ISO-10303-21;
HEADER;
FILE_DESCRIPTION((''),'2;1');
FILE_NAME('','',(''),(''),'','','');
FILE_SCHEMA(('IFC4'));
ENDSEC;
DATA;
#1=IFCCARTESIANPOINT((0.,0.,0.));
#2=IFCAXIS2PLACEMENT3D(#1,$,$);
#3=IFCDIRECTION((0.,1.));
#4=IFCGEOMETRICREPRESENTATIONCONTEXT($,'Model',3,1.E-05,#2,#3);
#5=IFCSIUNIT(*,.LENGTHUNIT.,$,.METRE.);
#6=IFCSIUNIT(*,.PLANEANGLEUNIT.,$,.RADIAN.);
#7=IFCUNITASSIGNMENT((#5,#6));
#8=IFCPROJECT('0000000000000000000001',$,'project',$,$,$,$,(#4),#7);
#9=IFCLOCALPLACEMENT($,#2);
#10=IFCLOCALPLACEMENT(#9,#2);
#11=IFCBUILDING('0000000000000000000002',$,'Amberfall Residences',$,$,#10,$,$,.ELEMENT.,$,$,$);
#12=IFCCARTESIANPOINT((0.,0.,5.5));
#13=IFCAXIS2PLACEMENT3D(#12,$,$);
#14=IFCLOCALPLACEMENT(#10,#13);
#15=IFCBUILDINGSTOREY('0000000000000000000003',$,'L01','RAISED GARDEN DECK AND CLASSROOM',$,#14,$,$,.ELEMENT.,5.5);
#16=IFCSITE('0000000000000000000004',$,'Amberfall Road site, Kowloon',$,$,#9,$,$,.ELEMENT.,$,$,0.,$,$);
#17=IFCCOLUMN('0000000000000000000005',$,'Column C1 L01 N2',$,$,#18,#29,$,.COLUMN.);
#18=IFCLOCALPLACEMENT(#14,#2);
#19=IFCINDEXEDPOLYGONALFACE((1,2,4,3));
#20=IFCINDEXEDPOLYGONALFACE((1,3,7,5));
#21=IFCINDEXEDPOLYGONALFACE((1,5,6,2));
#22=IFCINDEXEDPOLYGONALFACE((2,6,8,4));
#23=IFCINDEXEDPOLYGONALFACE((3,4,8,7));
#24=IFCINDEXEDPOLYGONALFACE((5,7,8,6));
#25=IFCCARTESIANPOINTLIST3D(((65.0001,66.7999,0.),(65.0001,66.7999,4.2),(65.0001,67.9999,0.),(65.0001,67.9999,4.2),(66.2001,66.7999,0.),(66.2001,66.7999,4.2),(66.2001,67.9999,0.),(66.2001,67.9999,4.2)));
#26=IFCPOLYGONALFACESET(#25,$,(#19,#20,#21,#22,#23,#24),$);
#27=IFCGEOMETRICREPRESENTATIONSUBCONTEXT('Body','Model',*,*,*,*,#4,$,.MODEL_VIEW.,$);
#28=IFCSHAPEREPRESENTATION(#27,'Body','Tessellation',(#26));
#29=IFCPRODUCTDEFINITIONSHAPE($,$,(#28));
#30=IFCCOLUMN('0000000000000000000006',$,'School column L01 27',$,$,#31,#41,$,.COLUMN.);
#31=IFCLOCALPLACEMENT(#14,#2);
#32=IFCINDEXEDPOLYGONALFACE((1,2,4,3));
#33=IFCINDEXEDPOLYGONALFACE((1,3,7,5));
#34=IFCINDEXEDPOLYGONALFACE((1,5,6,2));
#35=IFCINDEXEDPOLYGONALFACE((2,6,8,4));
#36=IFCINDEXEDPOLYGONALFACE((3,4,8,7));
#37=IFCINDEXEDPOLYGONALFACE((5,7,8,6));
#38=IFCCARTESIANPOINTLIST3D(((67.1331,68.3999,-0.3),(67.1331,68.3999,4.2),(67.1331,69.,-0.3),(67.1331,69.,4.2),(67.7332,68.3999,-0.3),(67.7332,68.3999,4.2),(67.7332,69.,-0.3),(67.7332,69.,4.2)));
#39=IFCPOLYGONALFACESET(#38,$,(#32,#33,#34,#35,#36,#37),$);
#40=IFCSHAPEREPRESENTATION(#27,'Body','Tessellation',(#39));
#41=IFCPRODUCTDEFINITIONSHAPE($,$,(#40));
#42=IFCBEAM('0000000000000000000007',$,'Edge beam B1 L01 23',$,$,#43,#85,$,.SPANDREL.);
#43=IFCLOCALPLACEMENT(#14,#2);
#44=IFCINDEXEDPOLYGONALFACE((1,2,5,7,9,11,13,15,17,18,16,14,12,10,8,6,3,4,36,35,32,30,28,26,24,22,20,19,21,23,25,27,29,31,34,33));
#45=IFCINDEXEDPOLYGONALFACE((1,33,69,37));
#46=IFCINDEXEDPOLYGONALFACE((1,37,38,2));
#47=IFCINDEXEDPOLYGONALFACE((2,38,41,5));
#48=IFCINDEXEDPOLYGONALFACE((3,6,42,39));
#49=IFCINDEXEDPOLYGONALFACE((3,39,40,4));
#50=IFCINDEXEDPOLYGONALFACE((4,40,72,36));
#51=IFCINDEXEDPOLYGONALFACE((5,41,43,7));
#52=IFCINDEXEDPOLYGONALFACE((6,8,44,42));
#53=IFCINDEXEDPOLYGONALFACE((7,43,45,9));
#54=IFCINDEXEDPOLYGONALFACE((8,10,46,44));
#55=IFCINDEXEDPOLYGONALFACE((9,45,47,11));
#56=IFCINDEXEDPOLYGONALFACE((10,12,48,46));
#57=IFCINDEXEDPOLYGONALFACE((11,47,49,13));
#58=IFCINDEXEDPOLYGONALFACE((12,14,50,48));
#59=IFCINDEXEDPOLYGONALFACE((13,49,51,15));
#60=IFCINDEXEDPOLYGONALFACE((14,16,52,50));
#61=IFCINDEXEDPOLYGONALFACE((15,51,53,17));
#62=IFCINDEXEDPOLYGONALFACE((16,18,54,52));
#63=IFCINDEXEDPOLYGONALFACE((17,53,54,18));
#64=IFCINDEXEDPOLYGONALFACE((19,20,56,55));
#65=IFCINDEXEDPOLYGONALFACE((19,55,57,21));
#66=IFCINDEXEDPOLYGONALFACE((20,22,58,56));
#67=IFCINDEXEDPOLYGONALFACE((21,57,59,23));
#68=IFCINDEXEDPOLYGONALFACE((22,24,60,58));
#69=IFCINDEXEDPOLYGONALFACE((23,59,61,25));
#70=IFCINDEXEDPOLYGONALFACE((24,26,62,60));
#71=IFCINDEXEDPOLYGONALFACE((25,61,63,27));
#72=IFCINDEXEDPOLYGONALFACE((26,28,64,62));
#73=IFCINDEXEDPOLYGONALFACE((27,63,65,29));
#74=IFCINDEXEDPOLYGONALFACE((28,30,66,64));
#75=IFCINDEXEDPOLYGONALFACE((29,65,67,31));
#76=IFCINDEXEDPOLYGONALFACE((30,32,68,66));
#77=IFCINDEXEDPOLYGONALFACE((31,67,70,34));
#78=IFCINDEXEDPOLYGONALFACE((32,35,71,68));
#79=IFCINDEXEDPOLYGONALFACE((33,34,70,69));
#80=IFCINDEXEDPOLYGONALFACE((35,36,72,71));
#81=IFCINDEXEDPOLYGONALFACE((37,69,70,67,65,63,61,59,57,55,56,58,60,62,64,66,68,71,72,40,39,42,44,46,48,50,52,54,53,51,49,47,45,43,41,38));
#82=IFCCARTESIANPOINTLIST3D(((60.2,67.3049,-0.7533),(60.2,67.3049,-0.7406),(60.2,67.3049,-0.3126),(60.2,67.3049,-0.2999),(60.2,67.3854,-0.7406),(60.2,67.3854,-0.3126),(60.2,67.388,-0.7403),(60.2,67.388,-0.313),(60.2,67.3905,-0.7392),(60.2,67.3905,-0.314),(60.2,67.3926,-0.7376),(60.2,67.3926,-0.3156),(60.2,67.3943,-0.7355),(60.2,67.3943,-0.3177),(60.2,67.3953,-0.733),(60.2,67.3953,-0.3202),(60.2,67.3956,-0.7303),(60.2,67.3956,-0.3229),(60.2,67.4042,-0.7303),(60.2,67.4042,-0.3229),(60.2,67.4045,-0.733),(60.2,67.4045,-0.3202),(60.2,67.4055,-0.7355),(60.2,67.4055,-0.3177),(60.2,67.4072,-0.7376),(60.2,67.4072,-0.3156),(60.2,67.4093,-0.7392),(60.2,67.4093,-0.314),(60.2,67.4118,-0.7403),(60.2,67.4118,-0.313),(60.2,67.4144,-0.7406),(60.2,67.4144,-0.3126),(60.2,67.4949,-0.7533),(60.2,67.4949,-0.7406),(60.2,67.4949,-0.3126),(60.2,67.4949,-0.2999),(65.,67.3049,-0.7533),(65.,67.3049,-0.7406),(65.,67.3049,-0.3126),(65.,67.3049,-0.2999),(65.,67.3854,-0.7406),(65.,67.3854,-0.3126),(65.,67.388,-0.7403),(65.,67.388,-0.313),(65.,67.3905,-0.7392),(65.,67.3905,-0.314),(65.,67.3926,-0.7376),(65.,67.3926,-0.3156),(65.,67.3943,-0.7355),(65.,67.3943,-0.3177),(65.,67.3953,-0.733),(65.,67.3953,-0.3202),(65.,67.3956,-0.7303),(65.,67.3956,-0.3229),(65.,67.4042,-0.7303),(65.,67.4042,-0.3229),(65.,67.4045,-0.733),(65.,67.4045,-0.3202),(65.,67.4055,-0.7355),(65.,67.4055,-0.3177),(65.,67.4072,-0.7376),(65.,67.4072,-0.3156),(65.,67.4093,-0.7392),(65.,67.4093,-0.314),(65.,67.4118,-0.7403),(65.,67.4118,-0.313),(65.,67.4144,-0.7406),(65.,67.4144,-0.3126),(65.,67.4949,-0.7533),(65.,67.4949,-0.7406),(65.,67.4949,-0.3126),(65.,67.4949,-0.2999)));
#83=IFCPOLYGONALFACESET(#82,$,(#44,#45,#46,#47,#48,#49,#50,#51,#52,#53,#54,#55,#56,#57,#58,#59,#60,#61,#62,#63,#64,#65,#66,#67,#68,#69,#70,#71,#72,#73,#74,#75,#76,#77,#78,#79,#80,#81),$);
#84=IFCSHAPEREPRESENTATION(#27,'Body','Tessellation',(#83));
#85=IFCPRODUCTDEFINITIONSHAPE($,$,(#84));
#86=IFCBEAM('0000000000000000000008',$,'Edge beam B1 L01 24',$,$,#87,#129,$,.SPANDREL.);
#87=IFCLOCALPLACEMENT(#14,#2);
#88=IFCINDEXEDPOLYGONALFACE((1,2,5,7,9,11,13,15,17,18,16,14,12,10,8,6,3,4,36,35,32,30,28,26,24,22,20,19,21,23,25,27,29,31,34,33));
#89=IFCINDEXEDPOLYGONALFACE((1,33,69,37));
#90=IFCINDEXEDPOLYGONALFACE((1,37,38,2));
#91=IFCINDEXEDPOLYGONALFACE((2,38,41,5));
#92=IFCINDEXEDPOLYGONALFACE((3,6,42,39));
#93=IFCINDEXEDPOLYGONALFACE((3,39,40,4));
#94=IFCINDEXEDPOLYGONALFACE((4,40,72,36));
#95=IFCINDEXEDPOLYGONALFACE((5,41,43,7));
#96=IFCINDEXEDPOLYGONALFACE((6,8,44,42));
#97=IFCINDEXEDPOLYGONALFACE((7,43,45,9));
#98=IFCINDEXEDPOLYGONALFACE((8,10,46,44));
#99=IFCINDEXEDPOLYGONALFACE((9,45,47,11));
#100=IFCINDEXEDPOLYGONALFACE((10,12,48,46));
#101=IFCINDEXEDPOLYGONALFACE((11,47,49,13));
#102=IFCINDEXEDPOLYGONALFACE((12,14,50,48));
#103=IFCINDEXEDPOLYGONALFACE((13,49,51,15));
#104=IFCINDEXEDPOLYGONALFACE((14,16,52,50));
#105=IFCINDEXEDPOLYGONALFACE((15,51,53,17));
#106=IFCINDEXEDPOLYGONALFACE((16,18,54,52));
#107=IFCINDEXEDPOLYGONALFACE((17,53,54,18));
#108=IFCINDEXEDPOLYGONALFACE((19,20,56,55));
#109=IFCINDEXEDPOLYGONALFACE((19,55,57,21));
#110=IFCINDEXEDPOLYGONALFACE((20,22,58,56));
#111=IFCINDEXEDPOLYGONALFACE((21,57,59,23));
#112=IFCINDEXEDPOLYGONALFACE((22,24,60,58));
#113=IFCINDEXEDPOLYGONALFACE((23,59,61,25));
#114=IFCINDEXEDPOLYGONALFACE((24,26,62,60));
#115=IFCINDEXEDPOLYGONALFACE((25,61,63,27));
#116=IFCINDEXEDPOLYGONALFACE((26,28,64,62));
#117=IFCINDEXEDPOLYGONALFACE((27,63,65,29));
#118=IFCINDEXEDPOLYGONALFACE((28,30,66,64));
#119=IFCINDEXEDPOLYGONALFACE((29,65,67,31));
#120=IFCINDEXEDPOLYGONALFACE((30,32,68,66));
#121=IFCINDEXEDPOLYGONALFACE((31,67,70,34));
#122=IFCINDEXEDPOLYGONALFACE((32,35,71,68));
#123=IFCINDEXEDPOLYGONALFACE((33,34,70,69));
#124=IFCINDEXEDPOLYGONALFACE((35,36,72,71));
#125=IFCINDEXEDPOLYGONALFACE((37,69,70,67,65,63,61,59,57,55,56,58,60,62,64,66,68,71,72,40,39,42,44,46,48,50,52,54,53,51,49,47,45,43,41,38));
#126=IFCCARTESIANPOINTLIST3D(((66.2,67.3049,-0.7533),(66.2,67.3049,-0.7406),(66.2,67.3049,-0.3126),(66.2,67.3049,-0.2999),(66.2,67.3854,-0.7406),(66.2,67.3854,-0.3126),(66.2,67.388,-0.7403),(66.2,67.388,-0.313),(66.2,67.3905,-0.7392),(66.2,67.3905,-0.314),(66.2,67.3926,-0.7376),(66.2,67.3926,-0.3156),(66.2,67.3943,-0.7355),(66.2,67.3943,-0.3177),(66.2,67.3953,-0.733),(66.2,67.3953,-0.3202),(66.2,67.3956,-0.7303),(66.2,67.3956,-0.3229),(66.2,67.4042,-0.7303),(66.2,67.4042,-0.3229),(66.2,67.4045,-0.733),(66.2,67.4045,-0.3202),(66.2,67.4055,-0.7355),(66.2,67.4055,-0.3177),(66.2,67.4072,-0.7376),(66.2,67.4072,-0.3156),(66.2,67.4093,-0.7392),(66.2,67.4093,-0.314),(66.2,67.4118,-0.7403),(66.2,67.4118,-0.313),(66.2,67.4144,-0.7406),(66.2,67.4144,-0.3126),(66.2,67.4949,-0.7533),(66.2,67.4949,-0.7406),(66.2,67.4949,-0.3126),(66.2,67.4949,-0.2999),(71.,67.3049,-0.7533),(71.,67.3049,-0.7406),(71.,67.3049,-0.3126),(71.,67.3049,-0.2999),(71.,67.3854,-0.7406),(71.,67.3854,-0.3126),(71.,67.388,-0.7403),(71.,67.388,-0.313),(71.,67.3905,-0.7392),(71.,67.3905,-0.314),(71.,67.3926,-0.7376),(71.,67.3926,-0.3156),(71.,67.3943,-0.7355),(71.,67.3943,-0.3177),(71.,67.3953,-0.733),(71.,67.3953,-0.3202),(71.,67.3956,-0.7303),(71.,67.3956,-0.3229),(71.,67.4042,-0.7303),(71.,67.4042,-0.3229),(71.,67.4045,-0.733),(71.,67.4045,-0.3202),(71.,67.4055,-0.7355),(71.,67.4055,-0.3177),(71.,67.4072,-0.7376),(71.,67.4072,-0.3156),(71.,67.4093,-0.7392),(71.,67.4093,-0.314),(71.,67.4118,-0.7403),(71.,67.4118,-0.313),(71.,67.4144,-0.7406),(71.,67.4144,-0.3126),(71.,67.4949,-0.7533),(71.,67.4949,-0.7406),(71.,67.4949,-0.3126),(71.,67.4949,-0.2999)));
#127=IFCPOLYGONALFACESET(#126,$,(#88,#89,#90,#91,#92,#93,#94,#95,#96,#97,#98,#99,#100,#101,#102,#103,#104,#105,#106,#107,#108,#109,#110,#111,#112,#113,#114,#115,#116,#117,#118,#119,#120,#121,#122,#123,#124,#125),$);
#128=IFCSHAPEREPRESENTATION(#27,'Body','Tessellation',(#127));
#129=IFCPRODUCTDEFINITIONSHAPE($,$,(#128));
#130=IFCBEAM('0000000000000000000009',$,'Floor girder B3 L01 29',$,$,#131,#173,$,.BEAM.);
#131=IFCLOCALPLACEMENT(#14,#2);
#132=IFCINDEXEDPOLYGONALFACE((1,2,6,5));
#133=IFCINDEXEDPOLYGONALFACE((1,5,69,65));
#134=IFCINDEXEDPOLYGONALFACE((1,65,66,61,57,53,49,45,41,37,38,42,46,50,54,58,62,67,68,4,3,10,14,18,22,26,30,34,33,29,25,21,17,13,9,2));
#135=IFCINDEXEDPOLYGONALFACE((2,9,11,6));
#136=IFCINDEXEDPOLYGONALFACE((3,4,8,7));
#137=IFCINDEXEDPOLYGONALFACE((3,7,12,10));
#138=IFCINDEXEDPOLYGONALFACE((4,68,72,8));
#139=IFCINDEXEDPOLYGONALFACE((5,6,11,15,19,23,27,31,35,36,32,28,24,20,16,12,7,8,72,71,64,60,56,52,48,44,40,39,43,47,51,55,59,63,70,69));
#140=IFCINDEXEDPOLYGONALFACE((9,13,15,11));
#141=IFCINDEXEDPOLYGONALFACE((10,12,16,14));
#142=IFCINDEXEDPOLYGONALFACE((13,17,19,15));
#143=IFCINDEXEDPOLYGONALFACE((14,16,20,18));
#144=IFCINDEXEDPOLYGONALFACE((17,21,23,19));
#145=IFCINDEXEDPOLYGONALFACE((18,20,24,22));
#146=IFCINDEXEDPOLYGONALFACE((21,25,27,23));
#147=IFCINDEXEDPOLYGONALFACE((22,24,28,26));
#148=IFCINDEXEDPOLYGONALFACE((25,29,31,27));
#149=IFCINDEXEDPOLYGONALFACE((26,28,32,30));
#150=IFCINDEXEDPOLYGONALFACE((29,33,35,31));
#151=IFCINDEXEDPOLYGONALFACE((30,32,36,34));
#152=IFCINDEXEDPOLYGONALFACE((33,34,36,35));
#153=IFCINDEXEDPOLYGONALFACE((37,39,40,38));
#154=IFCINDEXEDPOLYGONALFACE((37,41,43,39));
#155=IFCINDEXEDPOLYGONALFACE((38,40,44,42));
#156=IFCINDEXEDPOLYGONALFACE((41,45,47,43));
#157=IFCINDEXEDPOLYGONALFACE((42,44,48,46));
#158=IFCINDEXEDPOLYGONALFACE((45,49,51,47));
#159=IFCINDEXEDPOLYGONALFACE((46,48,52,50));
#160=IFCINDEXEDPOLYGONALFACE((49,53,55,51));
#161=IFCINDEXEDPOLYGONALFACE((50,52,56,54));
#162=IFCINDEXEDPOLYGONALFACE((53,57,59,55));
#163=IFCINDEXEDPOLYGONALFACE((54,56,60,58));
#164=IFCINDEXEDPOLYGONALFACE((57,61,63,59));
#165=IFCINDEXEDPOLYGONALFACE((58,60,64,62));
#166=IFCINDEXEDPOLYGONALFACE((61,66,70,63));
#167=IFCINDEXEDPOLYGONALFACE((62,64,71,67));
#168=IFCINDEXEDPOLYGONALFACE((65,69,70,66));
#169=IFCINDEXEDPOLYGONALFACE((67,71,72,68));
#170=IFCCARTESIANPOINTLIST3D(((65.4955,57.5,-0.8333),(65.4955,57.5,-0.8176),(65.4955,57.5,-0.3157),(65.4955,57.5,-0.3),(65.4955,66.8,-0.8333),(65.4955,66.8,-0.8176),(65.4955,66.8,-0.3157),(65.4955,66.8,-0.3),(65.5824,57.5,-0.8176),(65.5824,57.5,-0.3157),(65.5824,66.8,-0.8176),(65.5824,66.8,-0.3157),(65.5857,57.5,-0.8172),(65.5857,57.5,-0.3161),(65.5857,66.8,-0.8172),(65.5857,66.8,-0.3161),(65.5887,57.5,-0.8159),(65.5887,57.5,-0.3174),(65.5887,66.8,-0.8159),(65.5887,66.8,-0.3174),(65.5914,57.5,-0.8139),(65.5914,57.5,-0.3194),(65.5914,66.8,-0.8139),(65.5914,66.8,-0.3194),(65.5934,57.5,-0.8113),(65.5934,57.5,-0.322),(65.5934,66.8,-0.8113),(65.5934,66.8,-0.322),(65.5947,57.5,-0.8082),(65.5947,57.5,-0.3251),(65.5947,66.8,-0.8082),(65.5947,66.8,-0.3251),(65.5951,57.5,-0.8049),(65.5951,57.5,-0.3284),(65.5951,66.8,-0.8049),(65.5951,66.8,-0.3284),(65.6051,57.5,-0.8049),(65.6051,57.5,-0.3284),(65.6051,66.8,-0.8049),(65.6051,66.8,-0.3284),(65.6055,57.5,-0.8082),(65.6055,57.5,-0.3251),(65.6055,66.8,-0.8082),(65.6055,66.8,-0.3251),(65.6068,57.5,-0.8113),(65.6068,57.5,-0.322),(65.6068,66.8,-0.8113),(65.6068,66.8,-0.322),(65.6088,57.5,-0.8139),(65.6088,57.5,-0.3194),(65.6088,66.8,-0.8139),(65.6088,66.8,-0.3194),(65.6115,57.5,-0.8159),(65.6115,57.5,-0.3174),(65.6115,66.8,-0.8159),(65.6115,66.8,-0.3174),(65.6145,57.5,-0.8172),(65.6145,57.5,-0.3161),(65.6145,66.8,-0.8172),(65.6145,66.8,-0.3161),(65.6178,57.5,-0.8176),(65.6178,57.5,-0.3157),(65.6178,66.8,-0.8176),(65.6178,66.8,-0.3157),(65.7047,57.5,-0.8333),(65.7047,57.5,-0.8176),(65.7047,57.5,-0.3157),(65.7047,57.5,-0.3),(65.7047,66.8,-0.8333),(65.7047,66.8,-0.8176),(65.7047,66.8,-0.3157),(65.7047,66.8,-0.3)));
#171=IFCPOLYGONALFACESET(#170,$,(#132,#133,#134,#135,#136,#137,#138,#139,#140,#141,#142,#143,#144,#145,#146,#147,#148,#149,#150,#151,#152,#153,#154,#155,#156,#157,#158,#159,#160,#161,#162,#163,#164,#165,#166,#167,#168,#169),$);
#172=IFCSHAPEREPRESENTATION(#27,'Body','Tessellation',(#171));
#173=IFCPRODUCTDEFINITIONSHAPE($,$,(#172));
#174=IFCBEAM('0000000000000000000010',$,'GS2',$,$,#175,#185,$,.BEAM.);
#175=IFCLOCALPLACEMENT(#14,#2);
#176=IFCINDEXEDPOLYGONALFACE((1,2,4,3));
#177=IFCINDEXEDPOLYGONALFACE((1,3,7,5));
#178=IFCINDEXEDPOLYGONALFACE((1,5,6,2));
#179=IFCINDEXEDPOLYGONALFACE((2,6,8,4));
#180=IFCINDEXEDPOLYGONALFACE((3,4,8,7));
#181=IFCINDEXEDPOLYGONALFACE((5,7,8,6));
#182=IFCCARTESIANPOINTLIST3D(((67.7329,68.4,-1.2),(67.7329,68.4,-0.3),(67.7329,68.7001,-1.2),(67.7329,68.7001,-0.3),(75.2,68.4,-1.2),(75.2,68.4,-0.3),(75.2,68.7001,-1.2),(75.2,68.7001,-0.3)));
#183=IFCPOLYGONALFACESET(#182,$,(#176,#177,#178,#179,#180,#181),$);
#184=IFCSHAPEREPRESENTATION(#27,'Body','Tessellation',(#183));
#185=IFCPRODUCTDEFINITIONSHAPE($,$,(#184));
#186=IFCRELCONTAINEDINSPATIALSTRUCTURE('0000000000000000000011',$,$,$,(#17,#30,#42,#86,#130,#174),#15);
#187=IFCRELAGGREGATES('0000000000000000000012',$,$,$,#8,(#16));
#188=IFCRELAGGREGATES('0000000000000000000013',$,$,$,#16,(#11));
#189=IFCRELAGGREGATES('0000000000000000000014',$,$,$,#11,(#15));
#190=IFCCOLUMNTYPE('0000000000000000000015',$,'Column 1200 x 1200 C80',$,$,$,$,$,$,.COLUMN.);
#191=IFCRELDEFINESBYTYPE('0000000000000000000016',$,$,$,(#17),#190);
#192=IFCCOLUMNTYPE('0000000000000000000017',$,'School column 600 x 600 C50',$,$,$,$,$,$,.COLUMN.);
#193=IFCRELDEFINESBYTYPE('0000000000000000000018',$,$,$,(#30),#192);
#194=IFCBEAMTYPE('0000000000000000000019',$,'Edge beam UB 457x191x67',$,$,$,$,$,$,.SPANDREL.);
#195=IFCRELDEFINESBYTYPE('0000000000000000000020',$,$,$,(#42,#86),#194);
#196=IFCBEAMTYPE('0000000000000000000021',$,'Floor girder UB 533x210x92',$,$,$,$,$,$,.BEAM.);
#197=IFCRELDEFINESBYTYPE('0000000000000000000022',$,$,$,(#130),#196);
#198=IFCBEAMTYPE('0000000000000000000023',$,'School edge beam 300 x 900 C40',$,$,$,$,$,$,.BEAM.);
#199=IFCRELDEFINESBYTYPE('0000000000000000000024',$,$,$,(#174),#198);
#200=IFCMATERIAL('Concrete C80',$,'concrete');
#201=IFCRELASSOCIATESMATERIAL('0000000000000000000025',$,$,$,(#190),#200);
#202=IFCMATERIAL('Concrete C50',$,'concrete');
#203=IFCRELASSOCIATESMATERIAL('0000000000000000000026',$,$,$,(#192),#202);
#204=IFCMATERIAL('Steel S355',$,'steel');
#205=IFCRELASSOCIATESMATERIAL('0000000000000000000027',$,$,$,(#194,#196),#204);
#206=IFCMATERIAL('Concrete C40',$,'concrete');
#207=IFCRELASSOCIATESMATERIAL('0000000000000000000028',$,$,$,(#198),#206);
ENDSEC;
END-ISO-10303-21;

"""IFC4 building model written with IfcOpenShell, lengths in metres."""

from ifc_helpers import new_model, si_unit, direction, frame, origin, origin_2d, place, context, subcontext, project, spatial, rectangle, i_section, extrude, material, material_profile, profile_set, type_object, element, save


model = new_model("IFC4")

# Units and contexts
model_context = context("Model", 3, precision=1e-05, world=origin(), true_north=direction((0.0, 1.0)))
body_context = subcontext(model_context, "Body", "Model", "MODEL_VIEW")
ifc_project = project(units=[si_unit("LENGTHUNIT", "METRE"), si_unit("PLANEANGLEUNIT", "RADIAN")], contexts=[model_context])

# Site, building, storey
site_placement = place(None, origin())
site = spatial("IfcSite", under=ifc_project, at=site_placement, Name="Amberfall Road site, Kowloon", CompositionType="ELEMENT", RefElevation=0.0)
building_placement = place(site_placement, origin())
building = spatial("IfcBuilding", under=site, at=building_placement, Name="Amberfall Residences", CompositionType="ELEMENT")
storey_placement = place(building_placement, frame((0.0, 0.0, 5.5)))
storey = spatial("IfcBuildingStorey", under=building, at=storey_placement, Name="L01", Description="RAISED GARDEN DECK AND CLASSROOM", CompositionType="ELEMENT", Elevation=5.5)

# Columns
ifc_material_1 = material(Name="Concrete C80", Category="concrete")
ifc_material_profile_1 = material_profile(ifc_material_1, rectangle(XDim=1.2, YDim=1.2, at=origin_2d()), Name="Column 1200 x 1200 C80")
ifc_profile_set_1 = profile_set([ifc_material_profile_1], Name="Concrete C80")
column_type_1 = type_object("IfcColumnType", Name="Column 1200 x 1200 C80", PredefinedType="COLUMN", material=ifc_profile_set_1)
column_1_placement = place(storey_placement, frame((65.6001, 67.3999, 0.0), z_axis=(0.0, 0.0, 1.0), x_axis=(1.0, 0.0, 0.0)))
element("IfcColumn", 1, at=column_1_placement, inside=storey, type_object=column_type_1, Name="Column C1 L01 N2", PredefinedType="COLUMN", context=body_context, shape_type="SweptSolid", body=[
    extrude(rectangle(XDim=1.2, YDim=1.2, at=origin_2d()), origin(), (0.0, 0.0, 1.0), 4.2),
])
ifc_material_2 = material(Name="Concrete C50", Category="concrete")
ifc_material_profile_2 = material_profile(ifc_material_2, rectangle(XDim=0.6001, YDim=0.6001, at=origin_2d()), Name="School column 600 x 600 C50")
ifc_profile_set_2 = profile_set([ifc_material_profile_2], Name="Concrete C50")
column_type_2 = type_object("IfcColumnType", Name="School column 600 x 600 C50", PredefinedType="COLUMN", material=ifc_profile_set_2)
column_2_placement = place(storey_placement, frame((67.4331, 68.7, -0.3), z_axis=(0.0, 0.0, 1.0), x_axis=(1.0, 0.0, 0.0)))
element("IfcColumn", 2, at=column_2_placement, inside=storey, type_object=column_type_2, Name="School column L01 27", PredefinedType="COLUMN", context=body_context, shape_type="SweptSolid", body=[
    extrude(rectangle(XDim=0.6001, YDim=0.6001, at=origin_2d()), origin(), (0.0, 0.0, 1.0), 4.5),
])

# Beams
ifc_material_3 = material(Name="Steel S355", Category="steel")
ifc_material_profile_3 = material_profile(ifc_material_3, i_section(OverallWidth=0.1899, OverallDepth=0.4534, WebThickness=0.0085, FlangeThickness=0.0127, FilletRadius=0.0103, at=origin_2d()), Name="UB 457x191x67")
ifc_profile_set_3 = profile_set([ifc_material_profile_3], Name="Steel S355")
beam_type_1 = type_object("IfcBeamType", Name="Edge beam UB 457x191x67", PredefinedType="SPANDREL", material=ifc_profile_set_3)
for number, where, z_axis, x_axis, name in (
    (3, (60.2, 67.3999, -0.5266), (1.0, 0.0, 0.0), (0.0, 1.0, 0.0), "Edge beam B1 L01 23"),
    (4, (66.2, 67.3999, -0.5266), (1.0, 0.0, 0.0), (0.0, 1.0, 0.0), "Edge beam B1 L01 24"),
):
    element("IfcBeam", number, at=place(storey_placement, frame(where, z_axis=z_axis, x_axis=x_axis)), inside=storey, type_object=beam_type_1, Name=name, PredefinedType="SPANDREL", context=body_context, shape_type="SweptSolid", body=[
        extrude(i_section(OverallWidth=0.1899, OverallDepth=0.4534, WebThickness=0.0085, FlangeThickness=0.0127, FilletRadius=0.0103, at=origin_2d()), origin(), (0.0, 0.0, 1.0), 4.8),
    ])
ifc_material_profile_4 = material_profile(ifc_material_3, i_section(OverallWidth=0.2092, OverallDepth=0.5332, WebThickness=0.01, FlangeThickness=0.0156, FilletRadius=0.0127, at=origin_2d()), Name="UB 533x210x92")
ifc_profile_set_4 = profile_set([ifc_material_profile_4], Name="Steel S355")
beam_type_2 = type_object("IfcBeamType", Name="Floor girder UB 533x210x92", PredefinedType="BEAM", material=ifc_profile_set_4)
beam_1_placement = place(storey_placement, frame((65.6001, 66.8, -0.5667), z_axis=(0.0, -1.0, 0.0), x_axis=(1.0, 0.0, 0.0)))
element("IfcBeam", 5, at=beam_1_placement, inside=storey, type_object=beam_type_2, Name="Floor girder B3 L01 29", PredefinedType="BEAM", context=body_context, shape_type="SweptSolid", body=[
    extrude(i_section(OverallWidth=0.2092, OverallDepth=0.5332, WebThickness=0.01, FlangeThickness=0.0156, FilletRadius=0.0127, at=origin_2d()), origin(), (0.0, 0.0, 1.0), 9.3),
])
ifc_material_4 = material(Name="Concrete C40", Category="concrete")
ifc_material_profile_5 = material_profile(ifc_material_4, rectangle(XDim=0.3, YDim=0.8999, at=origin_2d()), Name="School edge beam 300 x 900 C40")
ifc_profile_set_5 = profile_set([ifc_material_profile_5], Name="Concrete C40")
beam_type_3 = type_object("IfcBeamType", Name="School edge beam 300 x 900 C40", PredefinedType="BEAM", material=ifc_profile_set_5)
beam_2_placement = place(storey_placement, frame((67.7329, 68.55, -0.75), z_axis=(1.0, 0.0, 0.0), x_axis=(0.0, 1.0, 0.0)))
element("IfcBeam", 6, at=beam_2_placement, inside=storey, type_object=beam_type_3, Name="GS2", PredefinedType="BEAM", context=body_context, shape_type="SweptSolid", body=[
    extrude(rectangle(XDim=0.3, YDim=0.8999, at=origin_2d()), origin(), (0.0, 0.0, 1.0), 7.467),
])

save(model, "model.ifc")
